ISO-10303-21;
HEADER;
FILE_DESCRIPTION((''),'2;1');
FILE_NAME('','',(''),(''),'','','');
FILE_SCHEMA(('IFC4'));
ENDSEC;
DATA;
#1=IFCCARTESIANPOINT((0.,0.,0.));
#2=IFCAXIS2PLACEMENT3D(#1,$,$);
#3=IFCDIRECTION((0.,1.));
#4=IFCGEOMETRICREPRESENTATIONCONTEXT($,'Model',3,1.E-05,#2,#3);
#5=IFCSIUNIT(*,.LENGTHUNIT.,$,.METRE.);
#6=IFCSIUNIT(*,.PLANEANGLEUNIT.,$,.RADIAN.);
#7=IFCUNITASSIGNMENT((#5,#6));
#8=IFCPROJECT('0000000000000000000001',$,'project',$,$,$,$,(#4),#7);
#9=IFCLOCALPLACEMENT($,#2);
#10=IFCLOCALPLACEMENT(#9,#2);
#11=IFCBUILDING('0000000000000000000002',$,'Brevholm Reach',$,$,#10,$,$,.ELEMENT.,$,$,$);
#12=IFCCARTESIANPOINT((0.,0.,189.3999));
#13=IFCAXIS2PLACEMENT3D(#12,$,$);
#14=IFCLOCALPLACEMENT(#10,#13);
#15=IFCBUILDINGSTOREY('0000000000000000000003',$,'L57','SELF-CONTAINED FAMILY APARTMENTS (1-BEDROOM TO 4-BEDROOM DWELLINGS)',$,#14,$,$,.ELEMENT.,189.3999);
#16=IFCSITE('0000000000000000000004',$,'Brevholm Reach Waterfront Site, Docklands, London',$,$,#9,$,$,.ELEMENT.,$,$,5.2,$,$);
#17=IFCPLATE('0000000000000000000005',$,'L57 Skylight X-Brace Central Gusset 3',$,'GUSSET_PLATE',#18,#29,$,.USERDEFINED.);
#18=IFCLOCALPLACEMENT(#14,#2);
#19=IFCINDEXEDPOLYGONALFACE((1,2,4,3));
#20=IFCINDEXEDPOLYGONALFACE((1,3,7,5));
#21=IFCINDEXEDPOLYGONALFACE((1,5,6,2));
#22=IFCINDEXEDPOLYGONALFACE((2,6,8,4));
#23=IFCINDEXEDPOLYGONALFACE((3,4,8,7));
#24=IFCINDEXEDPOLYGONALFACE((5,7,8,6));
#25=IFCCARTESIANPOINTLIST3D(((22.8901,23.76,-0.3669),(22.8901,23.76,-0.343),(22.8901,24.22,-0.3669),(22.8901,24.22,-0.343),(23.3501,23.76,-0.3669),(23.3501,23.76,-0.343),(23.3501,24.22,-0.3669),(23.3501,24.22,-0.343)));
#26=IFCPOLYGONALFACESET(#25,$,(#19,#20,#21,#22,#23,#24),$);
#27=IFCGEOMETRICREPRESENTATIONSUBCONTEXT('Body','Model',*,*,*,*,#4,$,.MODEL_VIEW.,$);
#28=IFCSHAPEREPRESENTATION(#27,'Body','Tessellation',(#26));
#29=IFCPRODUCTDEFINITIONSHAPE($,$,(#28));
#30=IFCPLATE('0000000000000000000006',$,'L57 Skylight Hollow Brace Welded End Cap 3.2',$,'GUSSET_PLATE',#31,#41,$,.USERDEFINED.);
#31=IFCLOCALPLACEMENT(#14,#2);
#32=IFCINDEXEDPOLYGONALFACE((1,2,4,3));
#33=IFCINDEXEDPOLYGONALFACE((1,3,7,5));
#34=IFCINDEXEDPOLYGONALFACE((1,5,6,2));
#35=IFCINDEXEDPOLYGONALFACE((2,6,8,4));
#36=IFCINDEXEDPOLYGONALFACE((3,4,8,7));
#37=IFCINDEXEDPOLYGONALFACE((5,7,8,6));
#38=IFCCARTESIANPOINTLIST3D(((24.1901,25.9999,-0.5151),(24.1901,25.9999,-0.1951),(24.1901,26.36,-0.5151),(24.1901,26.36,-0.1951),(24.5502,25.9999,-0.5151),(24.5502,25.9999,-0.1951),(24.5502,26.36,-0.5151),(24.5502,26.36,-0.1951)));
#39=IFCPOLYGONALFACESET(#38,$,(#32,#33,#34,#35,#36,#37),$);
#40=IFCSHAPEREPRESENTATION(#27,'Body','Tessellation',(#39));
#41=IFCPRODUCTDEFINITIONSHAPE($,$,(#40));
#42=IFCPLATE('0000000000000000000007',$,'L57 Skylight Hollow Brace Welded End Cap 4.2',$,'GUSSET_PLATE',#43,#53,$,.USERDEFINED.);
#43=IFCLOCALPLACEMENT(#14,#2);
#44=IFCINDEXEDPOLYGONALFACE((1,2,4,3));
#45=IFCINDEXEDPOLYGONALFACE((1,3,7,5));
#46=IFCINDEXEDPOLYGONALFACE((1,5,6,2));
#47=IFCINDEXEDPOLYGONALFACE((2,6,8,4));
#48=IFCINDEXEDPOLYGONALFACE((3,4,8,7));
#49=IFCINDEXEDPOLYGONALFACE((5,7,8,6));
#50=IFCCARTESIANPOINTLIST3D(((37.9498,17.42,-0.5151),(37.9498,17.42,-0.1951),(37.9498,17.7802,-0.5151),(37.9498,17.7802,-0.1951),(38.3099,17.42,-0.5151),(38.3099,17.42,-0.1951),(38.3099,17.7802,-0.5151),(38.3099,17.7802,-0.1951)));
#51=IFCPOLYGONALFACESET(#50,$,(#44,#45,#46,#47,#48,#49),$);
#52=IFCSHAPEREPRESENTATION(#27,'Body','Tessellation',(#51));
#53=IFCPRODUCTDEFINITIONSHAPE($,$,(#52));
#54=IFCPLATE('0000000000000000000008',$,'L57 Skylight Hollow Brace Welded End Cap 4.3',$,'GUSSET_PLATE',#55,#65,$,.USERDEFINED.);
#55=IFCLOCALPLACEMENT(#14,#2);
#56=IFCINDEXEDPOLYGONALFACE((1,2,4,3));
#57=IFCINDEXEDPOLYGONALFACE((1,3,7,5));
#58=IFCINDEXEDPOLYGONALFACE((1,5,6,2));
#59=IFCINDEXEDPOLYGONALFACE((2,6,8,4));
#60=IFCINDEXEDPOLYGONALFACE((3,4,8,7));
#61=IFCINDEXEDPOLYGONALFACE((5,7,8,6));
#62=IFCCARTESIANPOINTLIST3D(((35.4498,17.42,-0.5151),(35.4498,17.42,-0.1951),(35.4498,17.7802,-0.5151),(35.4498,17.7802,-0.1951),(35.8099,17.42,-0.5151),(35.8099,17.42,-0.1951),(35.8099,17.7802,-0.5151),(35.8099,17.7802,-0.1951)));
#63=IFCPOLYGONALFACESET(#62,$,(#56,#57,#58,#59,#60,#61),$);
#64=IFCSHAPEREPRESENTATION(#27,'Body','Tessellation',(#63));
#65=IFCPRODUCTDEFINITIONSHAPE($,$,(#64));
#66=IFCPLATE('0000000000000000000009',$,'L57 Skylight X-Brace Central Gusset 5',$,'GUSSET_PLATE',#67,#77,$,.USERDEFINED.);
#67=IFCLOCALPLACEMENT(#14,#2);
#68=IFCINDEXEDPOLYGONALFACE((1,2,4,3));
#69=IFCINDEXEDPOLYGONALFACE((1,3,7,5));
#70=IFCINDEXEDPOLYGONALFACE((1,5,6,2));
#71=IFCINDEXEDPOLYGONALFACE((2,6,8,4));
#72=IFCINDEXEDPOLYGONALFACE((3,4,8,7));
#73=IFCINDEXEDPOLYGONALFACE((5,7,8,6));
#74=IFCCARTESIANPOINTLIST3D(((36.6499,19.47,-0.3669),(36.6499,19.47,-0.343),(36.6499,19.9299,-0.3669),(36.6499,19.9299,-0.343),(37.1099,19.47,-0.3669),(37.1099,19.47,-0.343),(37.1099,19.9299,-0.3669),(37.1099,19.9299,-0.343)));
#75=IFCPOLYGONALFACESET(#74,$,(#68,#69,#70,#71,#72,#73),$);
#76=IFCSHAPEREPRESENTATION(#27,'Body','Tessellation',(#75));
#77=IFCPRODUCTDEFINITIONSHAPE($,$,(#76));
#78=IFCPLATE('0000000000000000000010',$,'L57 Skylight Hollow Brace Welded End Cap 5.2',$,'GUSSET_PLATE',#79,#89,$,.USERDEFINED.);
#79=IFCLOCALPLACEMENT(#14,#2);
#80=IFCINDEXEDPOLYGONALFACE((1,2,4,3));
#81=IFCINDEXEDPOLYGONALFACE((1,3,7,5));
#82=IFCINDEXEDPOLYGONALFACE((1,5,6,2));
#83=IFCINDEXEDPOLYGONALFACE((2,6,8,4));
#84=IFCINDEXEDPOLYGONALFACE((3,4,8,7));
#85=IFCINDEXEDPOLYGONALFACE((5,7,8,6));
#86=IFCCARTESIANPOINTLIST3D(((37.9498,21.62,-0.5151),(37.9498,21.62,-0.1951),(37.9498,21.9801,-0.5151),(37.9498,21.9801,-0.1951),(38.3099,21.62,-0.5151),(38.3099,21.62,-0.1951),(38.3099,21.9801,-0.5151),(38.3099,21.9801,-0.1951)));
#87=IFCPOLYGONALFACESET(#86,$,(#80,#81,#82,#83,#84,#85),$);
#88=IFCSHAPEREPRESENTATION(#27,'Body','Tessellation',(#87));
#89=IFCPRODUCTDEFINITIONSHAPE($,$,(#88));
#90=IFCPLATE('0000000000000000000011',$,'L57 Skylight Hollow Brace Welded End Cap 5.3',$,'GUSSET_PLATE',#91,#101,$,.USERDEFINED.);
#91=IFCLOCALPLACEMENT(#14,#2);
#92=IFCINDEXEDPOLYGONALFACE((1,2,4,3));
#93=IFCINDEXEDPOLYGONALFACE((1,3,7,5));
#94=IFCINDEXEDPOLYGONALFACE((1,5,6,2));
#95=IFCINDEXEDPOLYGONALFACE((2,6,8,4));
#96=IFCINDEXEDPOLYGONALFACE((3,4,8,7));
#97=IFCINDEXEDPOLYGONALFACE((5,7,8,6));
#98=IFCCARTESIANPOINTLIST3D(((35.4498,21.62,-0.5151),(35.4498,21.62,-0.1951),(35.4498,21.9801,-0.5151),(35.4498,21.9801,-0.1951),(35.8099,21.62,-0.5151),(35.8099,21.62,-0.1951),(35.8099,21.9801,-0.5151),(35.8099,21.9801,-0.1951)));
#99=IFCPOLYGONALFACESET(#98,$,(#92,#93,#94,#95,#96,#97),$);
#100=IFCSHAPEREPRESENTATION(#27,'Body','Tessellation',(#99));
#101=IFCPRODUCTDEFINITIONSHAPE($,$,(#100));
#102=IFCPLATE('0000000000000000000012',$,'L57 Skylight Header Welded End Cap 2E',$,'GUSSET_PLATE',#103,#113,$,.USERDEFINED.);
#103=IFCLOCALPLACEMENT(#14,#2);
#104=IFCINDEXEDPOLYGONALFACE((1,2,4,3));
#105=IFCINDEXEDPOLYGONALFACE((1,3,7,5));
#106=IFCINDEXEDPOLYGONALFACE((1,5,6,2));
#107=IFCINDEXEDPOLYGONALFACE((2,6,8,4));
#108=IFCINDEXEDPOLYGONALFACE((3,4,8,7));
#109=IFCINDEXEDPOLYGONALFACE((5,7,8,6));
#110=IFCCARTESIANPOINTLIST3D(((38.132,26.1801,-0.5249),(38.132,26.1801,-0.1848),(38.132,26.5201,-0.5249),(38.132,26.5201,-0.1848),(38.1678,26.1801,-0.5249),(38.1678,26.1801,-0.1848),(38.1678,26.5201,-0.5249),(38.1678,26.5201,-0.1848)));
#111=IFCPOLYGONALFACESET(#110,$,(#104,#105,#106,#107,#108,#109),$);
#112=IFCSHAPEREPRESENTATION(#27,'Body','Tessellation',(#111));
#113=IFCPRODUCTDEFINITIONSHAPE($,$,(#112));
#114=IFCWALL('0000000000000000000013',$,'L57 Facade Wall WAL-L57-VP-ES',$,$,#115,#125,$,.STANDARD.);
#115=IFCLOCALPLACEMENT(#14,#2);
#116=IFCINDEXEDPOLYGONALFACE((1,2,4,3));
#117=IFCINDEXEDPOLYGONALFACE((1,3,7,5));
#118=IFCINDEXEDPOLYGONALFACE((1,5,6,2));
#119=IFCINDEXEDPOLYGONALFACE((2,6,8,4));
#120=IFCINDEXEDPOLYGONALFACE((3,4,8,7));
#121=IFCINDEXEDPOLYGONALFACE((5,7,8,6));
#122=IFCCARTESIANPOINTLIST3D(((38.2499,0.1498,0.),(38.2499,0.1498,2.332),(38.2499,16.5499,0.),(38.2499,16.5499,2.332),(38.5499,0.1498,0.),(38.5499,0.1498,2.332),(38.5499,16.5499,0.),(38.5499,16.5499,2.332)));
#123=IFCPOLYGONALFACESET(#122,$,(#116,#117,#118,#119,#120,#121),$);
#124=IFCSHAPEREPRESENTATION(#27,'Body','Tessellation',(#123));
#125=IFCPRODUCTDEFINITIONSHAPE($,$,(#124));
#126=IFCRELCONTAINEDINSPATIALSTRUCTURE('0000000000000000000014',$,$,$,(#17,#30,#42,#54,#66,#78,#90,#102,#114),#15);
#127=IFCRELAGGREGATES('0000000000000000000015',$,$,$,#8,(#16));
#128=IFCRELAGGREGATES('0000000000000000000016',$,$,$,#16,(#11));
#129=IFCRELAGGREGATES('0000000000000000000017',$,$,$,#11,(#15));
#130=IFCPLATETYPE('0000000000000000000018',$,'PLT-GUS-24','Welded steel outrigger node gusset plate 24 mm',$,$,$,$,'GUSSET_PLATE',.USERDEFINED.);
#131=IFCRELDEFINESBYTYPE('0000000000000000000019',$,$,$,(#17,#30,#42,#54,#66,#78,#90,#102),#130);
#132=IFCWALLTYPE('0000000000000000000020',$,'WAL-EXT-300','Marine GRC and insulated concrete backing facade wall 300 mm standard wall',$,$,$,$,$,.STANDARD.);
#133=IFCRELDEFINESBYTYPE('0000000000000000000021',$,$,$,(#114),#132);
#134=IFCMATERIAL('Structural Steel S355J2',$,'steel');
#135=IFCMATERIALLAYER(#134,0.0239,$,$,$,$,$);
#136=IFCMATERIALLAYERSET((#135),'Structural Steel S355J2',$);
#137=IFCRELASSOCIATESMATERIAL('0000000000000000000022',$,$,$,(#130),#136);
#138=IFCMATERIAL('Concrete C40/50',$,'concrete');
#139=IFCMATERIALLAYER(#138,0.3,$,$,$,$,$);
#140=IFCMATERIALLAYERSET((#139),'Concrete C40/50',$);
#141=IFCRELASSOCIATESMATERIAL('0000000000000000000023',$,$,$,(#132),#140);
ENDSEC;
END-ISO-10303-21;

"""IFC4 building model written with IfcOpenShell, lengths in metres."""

from ifc_helpers import new_model, si_unit, direction, frame, frame_2d, origin, origin_2d, place, context, subcontext, project, spatial, rectangle, extrude, material, layer, layer_set, type_object, element, save


model = new_model("IFC4")

# Units and contexts
model_context = context("Model", 3, precision=1e-05, world=origin(), true_north=direction((0.0, 1.0)))
body_context = subcontext(model_context, "Body", "Model", "MODEL_VIEW")
ifc_project = project(units=[si_unit("LENGTHUNIT", "METRE"), si_unit("PLANEANGLEUNIT", "RADIAN")], contexts=[model_context])

# Site, building, storey
site_placement = place(None, origin())
site = spatial("IfcSite", under=ifc_project, at=site_placement, Name="Brevholm Reach Waterfront Site, Docklands, London", CompositionType="ELEMENT", RefElevation=5.2)
building_placement = place(site_placement, origin())
building = spatial("IfcBuilding", under=site, at=building_placement, Name="Brevholm Reach", CompositionType="ELEMENT")
storey_placement = place(building_placement, frame((0.0, 0.0, 189.3999)))
storey = spatial("IfcBuildingStorey", under=building, at=storey_placement, Name="L57", Description="SELF-CONTAINED FAMILY APARTMENTS (1-BEDROOM TO 4-BEDROOM DWELLINGS)", CompositionType="ELEMENT", Elevation=189.3999)

# Plates
ifc_material_1 = material(Name="Structural Steel S355J2", Category="steel")
ifc_layer_1 = layer(ifc_material_1, 0.0239)
ifc_layer_set_1 = layer_set([ifc_layer_1], Name="Structural Steel S355J2")
plate_type_1 = type_object("IfcPlateType", Name="PLT-GUS-24", Description="Welded steel outrigger node gusset plate 24 mm", ElementType="GUSSET_PLATE", PredefinedType="USERDEFINED", material=ifc_layer_set_1)
plate_1_placement = place(storey_placement, frame((23.1201, 23.99, -0.3669), z_axis=(0.0, 0.0, 1.0), x_axis=(1.0, 0.0, 0.0)))
element("IfcPlate", 1, at=plate_1_placement, inside=storey, type_object=plate_type_1, Name="L57 Skylight X-Brace Central Gusset 3", ObjectType="GUSSET_PLATE", PredefinedType="USERDEFINED", context=body_context, shape_type="SweptSolid", body=[
    extrude(rectangle(XDim=0.46, YDim=0.46, at=origin_2d()), origin(), (0.0, 0.0, 1.0), 0.0239),
])
for number, where, z_axis, x_axis, name in (
    (2, (24.3701, 26.1799, -0.5151), (0.0, 0.0, 1.0), (1.0, 0.0, 0.0), "L57 Skylight Hollow Brace Welded End Cap 3.2"),
    (3, (38.1299, 17.6001, -0.5151), (0.0, 0.0, 1.0), (1.0, 0.0, 0.0), "L57 Skylight Hollow Brace Welded End Cap 4.2"),
    (4, (35.6299, 17.6001, -0.5151), (0.0, 0.0, 1.0), (1.0, 0.0, 0.0), "L57 Skylight Hollow Brace Welded End Cap 4.3"),
):
    element("IfcPlate", number, at=place(storey_placement, frame(where, z_axis=z_axis, x_axis=x_axis)), inside=storey, type_object=plate_type_1, Name=name, ObjectType="GUSSET_PLATE", PredefinedType="USERDEFINED", context=body_context, shape_type="SweptSolid", body=[
        extrude(rectangle(XDim=0.3601, YDim=0.3601, at=origin_2d()), origin(), (0.0, 0.0, 1.0), 0.3201),
    ])
plate_2_placement = place(storey_placement, frame((36.8799, 19.7, -0.3669), z_axis=(0.0, 0.0, 1.0), x_axis=(1.0, 0.0, 0.0)))
element("IfcPlate", 5, at=plate_2_placement, inside=storey, type_object=plate_type_1, Name="L57 Skylight X-Brace Central Gusset 5", ObjectType="GUSSET_PLATE", PredefinedType="USERDEFINED", context=body_context, shape_type="SweptSolid", body=[
    extrude(rectangle(XDim=0.46, YDim=0.46, at=origin_2d()), origin(), (0.0, 0.0, 1.0), 0.0239),
])
for number, where, z_axis, x_axis, name in (
    (6, (38.1299, 21.8, -0.5151), (0.0, 0.0, 1.0), (1.0, 0.0, 0.0), "L57 Skylight Hollow Brace Welded End Cap 5.2"),
    (7, (35.6299, 21.8, -0.5151), (0.0, 0.0, 1.0), (1.0, 0.0, 0.0), "L57 Skylight Hollow Brace Welded End Cap 5.3"),
):
    element("IfcPlate", number, at=place(storey_placement, frame(where, z_axis=z_axis, x_axis=x_axis)), inside=storey, type_object=plate_type_1, Name=name, ObjectType="GUSSET_PLATE", PredefinedType="USERDEFINED", context=body_context, shape_type="SweptSolid", body=[
        extrude(rectangle(XDim=0.3601, YDim=0.3601, at=origin_2d()), origin(), (0.0, 0.0, 1.0), 0.3201),
    ])
plate_3_placement = place(storey_placement, frame((38.1499, 26.3501, -0.5249), z_axis=(0.0, 0.0, 1.0), x_axis=(1.0, 0.0, 0.0)))
element("IfcPlate", 8, at=plate_3_placement, inside=storey, type_object=plate_type_1, Name="L57 Skylight Header Welded End Cap 2E", ObjectType="GUSSET_PLATE", PredefinedType="USERDEFINED", context=body_context, shape_type="SweptSolid", body=[
    extrude(rectangle(XDim=0.0359, YDim=0.3401, at=origin_2d()), origin(), (0.0, 0.0, 1.0), 0.3401),
])

# Wall
ifc_material_2 = material(Name="Concrete C40/50", Category="concrete")
ifc_layer_2 = layer(ifc_material_2, 0.3)
ifc_layer_set_2 = layer_set([ifc_layer_2], Name="Concrete C40/50")
wall_type = type_object("IfcWallType", Name="WAL-EXT-300", Description="Marine GRC and insulated concrete backing facade wall 300 mm standard wall", PredefinedType="STANDARD", material=ifc_layer_set_2)
wall_placement = place(storey_placement, frame((38.3999, 16.55, 0.0), z_axis=(0.0, 0.0, 1.0), x_axis=(0.0, -1.0, 0.0)))
element("IfcWall", 9, at=wall_placement, inside=storey, type_object=wall_type, Name="L57 Facade Wall WAL-L57-VP-ES", PredefinedType="STANDARD", context=body_context, shape_type="SweptSolid", body=[
    extrude(rectangle(XDim=16.4001, YDim=0.3, at=frame_2d((8.2002, 0.0))), origin(), (0.0, 0.0, 1.0), 2.332),
])

save(model, "model.ifc")
